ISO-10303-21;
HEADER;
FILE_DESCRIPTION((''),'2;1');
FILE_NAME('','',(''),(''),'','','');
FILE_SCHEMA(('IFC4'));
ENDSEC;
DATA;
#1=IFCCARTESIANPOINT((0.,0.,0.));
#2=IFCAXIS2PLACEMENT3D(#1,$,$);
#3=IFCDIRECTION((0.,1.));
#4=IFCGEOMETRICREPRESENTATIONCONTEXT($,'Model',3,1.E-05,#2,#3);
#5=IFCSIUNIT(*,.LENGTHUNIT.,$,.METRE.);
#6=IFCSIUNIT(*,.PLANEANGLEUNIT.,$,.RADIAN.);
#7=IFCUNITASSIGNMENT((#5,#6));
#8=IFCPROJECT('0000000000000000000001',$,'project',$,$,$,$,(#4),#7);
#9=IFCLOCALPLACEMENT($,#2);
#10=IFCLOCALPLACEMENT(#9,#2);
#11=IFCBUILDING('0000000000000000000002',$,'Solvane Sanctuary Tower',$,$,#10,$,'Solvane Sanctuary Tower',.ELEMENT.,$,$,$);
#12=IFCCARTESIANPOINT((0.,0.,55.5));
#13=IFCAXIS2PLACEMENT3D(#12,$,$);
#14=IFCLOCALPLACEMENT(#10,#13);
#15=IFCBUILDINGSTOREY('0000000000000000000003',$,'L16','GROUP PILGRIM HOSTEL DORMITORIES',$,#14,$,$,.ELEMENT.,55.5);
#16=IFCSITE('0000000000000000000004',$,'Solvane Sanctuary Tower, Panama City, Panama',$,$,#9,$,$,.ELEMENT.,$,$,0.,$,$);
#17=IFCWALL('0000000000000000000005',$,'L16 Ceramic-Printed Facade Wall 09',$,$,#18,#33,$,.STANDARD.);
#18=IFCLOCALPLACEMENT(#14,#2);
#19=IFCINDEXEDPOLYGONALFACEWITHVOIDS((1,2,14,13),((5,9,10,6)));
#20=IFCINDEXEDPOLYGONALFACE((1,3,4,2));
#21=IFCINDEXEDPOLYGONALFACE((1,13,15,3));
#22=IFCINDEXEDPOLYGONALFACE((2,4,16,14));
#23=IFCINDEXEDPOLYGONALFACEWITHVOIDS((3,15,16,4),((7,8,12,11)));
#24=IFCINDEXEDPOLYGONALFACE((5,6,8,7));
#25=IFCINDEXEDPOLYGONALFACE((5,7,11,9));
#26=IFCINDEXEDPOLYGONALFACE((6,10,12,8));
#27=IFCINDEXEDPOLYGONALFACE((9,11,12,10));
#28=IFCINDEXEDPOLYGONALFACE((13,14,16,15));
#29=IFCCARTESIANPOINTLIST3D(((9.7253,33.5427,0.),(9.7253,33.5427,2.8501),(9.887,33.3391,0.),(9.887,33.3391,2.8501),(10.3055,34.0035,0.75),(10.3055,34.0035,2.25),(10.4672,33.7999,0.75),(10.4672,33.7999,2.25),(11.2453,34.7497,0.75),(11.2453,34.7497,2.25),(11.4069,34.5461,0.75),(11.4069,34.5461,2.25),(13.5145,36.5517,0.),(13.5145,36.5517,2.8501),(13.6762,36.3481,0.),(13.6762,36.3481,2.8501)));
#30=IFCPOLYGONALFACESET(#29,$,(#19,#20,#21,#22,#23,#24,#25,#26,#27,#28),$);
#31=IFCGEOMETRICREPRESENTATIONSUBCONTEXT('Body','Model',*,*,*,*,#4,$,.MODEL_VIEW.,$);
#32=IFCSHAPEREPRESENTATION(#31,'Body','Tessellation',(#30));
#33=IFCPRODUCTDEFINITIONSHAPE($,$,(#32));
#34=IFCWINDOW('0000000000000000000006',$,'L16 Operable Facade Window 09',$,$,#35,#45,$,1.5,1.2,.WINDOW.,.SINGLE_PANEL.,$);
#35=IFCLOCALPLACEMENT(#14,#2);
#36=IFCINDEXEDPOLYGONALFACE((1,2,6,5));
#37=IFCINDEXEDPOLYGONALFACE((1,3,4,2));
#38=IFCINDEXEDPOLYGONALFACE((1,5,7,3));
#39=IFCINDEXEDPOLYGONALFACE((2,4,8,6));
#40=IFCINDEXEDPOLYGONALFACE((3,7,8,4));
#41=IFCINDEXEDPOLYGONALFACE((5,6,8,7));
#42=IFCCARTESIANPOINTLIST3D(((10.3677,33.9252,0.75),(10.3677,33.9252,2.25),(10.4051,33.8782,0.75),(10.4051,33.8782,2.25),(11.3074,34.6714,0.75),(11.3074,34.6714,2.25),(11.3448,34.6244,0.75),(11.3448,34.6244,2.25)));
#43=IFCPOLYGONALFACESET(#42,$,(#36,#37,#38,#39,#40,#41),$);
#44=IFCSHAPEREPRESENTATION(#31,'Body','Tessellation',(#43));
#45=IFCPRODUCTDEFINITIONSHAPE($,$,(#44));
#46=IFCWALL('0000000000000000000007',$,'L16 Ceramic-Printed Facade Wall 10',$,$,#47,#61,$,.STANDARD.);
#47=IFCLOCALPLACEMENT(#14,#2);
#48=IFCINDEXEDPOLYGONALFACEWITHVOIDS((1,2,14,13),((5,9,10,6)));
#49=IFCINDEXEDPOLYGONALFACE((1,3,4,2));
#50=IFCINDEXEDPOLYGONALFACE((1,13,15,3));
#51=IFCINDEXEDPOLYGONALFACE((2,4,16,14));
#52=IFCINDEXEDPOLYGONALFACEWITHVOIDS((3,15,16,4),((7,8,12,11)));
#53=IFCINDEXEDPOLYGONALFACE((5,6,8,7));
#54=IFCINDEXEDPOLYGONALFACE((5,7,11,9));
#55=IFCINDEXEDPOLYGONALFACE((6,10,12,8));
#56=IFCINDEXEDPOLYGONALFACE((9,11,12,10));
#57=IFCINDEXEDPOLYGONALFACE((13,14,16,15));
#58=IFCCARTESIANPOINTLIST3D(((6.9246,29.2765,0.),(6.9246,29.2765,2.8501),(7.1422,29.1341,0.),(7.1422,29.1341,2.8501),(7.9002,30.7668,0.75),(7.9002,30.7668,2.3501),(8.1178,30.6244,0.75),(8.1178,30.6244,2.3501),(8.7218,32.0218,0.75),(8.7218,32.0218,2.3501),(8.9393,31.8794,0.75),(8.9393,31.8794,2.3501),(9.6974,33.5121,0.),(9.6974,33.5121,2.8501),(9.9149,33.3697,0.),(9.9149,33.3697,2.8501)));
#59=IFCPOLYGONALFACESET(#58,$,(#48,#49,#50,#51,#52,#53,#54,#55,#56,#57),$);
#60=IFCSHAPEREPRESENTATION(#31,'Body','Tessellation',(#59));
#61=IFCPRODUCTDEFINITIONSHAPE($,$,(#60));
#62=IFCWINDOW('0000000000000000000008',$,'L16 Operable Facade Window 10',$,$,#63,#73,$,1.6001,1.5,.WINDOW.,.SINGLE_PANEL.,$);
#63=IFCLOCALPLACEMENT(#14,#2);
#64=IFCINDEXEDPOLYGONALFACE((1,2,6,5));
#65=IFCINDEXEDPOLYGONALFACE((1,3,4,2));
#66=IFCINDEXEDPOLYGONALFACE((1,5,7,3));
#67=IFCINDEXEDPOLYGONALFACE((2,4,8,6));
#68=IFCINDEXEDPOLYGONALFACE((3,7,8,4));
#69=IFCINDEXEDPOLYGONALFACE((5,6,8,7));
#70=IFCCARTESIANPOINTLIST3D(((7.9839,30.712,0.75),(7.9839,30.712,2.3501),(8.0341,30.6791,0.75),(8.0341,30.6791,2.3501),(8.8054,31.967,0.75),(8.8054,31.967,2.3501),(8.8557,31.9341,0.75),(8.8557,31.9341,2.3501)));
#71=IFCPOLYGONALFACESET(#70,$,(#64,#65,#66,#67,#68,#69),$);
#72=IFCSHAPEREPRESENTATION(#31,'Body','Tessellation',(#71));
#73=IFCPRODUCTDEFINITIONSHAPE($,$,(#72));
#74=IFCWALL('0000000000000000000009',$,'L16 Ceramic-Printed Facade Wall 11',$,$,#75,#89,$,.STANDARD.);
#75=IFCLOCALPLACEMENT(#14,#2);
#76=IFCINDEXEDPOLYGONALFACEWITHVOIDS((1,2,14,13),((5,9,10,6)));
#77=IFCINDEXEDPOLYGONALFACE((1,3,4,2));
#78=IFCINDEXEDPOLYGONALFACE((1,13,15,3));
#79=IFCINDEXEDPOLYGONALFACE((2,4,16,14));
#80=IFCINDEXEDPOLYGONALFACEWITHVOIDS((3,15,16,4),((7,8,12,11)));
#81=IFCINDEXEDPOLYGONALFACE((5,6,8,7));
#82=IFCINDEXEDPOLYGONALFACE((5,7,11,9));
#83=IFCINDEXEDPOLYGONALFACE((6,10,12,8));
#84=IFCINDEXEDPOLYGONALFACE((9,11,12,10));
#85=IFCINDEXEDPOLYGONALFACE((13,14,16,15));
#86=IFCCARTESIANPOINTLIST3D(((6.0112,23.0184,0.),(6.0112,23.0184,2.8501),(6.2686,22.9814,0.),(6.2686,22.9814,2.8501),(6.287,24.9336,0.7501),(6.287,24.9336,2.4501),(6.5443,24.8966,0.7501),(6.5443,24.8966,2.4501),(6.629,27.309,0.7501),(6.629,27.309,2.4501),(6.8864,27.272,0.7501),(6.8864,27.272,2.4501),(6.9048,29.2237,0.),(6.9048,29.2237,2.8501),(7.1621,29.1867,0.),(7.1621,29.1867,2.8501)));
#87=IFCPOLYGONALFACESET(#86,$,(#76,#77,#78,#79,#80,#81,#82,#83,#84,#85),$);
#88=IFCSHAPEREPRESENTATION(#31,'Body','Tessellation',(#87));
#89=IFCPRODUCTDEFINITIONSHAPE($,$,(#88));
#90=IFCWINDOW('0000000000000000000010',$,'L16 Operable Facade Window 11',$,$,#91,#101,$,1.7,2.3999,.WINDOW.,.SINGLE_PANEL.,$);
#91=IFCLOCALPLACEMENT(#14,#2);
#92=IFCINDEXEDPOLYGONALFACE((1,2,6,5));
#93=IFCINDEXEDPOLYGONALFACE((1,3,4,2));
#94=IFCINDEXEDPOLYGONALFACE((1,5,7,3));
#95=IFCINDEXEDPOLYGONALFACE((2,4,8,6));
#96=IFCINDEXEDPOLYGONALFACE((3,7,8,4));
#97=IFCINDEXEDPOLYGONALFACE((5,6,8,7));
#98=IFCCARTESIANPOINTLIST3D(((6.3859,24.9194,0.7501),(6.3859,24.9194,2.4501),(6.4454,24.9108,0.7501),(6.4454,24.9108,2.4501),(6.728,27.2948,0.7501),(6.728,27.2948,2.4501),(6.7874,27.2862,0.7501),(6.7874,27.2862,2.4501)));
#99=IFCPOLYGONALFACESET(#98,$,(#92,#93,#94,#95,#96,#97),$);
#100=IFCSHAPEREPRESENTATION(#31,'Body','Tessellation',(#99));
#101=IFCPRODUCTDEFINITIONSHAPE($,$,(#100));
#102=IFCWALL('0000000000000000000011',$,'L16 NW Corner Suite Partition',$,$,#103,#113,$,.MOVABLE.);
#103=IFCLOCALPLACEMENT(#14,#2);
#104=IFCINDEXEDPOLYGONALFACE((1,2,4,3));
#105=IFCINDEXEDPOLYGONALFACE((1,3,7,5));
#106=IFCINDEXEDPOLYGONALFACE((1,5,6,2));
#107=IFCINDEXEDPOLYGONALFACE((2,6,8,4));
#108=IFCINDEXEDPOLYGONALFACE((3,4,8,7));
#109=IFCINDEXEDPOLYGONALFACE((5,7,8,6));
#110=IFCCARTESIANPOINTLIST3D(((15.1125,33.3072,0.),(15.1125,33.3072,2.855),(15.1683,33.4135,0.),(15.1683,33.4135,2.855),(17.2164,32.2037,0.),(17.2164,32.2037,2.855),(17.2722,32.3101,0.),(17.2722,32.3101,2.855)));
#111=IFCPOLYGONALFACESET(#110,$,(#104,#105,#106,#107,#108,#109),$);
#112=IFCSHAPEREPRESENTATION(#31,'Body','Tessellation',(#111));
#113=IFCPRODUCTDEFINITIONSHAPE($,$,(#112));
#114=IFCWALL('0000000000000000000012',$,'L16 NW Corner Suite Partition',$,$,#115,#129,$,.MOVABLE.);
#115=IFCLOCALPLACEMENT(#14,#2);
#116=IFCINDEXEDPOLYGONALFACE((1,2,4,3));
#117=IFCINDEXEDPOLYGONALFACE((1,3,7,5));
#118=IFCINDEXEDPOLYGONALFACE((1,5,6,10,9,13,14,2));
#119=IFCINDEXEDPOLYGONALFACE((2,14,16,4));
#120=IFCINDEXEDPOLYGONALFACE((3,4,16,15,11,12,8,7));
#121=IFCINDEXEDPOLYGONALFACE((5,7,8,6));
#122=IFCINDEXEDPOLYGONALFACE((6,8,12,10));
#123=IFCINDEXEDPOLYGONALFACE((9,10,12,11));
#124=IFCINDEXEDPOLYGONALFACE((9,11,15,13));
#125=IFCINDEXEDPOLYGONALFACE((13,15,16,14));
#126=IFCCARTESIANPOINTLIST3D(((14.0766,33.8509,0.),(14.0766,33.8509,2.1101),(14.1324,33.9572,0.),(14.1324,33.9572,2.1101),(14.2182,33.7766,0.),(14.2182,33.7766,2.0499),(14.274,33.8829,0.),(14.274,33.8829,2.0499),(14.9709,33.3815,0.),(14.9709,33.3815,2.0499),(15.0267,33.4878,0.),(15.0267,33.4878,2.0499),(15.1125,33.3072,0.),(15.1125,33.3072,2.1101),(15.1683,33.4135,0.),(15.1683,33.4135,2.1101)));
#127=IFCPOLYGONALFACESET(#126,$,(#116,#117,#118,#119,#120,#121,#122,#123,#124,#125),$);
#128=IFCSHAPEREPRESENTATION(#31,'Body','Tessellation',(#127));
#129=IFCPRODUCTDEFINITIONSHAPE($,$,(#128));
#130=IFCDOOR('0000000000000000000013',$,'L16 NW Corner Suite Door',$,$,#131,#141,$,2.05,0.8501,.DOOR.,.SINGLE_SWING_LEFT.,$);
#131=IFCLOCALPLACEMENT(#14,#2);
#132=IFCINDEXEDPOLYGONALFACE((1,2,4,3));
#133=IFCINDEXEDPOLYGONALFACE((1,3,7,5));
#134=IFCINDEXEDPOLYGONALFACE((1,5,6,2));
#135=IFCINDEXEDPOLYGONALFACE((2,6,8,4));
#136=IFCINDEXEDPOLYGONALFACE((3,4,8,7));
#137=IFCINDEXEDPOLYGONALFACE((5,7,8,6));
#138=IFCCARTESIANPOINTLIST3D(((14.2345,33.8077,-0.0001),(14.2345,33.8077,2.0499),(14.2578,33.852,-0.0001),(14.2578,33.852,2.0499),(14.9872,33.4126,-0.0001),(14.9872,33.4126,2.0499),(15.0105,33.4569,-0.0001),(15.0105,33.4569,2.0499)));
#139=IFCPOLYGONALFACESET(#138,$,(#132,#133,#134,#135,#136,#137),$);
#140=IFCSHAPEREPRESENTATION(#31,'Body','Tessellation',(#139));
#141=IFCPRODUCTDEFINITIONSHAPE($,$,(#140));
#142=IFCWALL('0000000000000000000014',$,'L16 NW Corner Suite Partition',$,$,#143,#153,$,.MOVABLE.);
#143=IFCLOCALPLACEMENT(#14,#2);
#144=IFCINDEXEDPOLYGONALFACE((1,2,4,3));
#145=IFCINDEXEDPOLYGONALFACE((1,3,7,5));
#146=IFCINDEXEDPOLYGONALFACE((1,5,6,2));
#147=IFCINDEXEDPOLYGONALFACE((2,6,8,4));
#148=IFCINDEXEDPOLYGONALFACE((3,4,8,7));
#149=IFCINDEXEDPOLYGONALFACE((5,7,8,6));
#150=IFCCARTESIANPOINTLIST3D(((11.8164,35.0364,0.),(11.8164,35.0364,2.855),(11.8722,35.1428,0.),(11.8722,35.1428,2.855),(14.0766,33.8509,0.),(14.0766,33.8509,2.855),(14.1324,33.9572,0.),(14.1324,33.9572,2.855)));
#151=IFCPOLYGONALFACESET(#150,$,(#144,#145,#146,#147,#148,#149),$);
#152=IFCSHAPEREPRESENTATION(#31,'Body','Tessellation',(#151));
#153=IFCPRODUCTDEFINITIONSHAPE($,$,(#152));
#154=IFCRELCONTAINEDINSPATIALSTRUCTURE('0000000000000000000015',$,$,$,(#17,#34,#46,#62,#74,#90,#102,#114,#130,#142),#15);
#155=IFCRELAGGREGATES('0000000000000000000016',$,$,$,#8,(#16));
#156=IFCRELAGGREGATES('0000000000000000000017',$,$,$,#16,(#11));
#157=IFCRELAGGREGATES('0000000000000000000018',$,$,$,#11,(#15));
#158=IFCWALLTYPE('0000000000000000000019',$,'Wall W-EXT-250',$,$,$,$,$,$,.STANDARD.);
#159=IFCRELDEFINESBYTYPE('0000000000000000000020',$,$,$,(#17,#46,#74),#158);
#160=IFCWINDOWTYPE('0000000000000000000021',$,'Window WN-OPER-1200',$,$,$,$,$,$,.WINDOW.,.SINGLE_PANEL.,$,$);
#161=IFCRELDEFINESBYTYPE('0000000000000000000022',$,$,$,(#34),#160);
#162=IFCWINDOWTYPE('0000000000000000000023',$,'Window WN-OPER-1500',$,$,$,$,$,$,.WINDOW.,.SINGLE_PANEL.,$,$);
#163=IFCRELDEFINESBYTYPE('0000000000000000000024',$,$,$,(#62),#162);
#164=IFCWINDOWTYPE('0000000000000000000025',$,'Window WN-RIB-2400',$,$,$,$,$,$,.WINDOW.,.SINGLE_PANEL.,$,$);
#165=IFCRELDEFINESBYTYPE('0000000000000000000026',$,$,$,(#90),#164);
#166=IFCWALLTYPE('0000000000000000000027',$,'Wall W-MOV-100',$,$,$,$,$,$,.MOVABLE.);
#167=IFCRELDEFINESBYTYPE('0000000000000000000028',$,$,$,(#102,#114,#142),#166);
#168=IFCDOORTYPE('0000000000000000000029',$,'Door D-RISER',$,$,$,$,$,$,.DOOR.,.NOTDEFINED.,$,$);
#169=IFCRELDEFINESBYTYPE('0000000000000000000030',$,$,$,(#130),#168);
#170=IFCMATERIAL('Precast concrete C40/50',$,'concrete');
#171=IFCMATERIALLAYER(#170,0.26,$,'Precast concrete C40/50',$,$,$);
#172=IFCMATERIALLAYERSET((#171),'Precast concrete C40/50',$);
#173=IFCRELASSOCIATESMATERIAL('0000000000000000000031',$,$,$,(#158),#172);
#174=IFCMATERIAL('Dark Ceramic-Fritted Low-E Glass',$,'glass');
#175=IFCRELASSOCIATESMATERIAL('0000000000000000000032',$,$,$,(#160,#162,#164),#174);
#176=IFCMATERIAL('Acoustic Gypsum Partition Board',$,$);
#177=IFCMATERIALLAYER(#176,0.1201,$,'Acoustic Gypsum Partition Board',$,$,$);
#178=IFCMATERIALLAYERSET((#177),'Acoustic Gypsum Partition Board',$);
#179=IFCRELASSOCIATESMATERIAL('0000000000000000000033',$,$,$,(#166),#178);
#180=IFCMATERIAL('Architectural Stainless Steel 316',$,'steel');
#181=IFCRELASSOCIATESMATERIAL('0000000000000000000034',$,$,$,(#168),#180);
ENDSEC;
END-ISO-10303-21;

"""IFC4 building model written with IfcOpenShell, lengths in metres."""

from ifc_helpers import new_model, si_unit, direction, frame, frame_2d, origin, place, context, subcontext, project, spatial, rectangle, extrude, material, layer, layer_set, type_object, element, fill, save


model = new_model("IFC4")

# Units and contexts
model_context = context("Model", 3, precision=1e-05, world=origin(), true_north=direction((0.0, 1.0)))
body_context = subcontext(model_context, "Body", "Model", "MODEL_VIEW")
ifc_project = project(units=[si_unit("LENGTHUNIT", "METRE"), si_unit("PLANEANGLEUNIT", "RADIAN")], contexts=[model_context])

# Site, building, storey
site_placement = place(None, origin())
site = spatial("IfcSite", under=ifc_project, at=site_placement, Name="Solvane Sanctuary Tower, Panama City, Panama", CompositionType="ELEMENT", RefElevation=0.0)
building_placement = place(site_placement, origin())
building = spatial("IfcBuilding", under=site, at=building_placement, Name="Solvane Sanctuary Tower", LongName="Solvane Sanctuary Tower", CompositionType="ELEMENT")
storey_placement = place(building_placement, frame((0.0, 0.0, 55.5)))
storey = spatial("IfcBuildingStorey", under=building, at=storey_placement, Name="L16", Description="GROUP PILGRIM HOSTEL DORMITORIES", CompositionType="ELEMENT", Elevation=55.5)

# Shared definitions
ifc_material_1 = material(Name="Acoustic Gypsum Partition Board")

# Shared definitions
ifc_material_2 = material(Name="Precast concrete C40/50", Category="concrete")
ifc_layer_1 = layer(ifc_material_2, 0.26, Name="Precast concrete C40/50")
ifc_layer_set_1 = layer_set([ifc_layer_1], Name="Precast concrete C40/50")
wall_type_1 = type_object("IfcWallType", Name="Wall W-EXT-250", PredefinedType="STANDARD", material=ifc_layer_set_1)

# Walls, openings, windows
wall_1_placement = place(storey_placement, frame((13.5955, 36.45, 0.0), z_axis=(0.0, 0.0, 1.0), x_axis=(-0.783123, -0.621867, 0.0)))
wall_1 = element("IfcWall", 1, at=wall_1_placement, inside=storey, type_object=wall_type_1, Name="L16 Ceramic-Printed Facade Wall 09", PredefinedType="STANDARD", context=body_context, shape_type="SweptSolid", body=[
    extrude(rectangle(XDim=4.8386, YDim=0.26, at=frame_2d((2.4194, 0.0))), origin(), (0.0, 0.0, 1.0), 2.8501),
])
opening_1_placement = place(wall_1_placement, frame((2.8977, 0.0, 0.75)))
opening_1 = element("IfcOpeningElement", 2, at=opening_1_placement, cuts=wall_1, PredefinedType="OPENING", context=body_context, shape_type="SweptSolid", body=[
    extrude(rectangle(XDim=1.2, YDim=1.5, at=frame_2d((0.6001, 0.75))), frame((0.0, 0.1399, 0.0), z_axis=(0.0, -1.0, 0.0), x_axis=(1.0, 0.0, 0.0)), (0.0, 0.0, 1.0), 0.28),
])
ifc_material_3 = material(Name="Dark Ceramic-Fritted Low-E Glass", Category="glass")
window_type_1 = type_object("IfcWindowType", Name="Window WN-OPER-1200", PartitioningType="SINGLE_PANEL", PredefinedType="WINDOW", material=ifc_material_3)
window_1_placement = place(opening_1_placement, origin())
window_1 = element("IfcWindow", 3, at=window_1_placement, inside=storey, type_object=window_type_1, Name="L16 Operable Facade Window 09", OverallHeight=1.5, OverallWidth=1.2, PartitioningType="SINGLE_PANEL", PredefinedType="WINDOW", context=body_context, shape_type="SweptSolid", body=[
    extrude(rectangle(XDim=1.2, YDim=1.5, at=frame_2d((0.6001, 0.75))), frame((0.0, 0.03, 0.0), z_axis=(0.0, -1.0, 0.0), x_axis=(1.0, 0.0, 0.0)), (0.0, 0.0, 1.0), 0.0601),
])
fill(opening_1, window_1)
wall_2_placement = place(storey_placement, frame((9.8062, 33.4409, 0.0), z_axis=(0.0, 0.0, 1.0), x_axis=(-0.547703, -0.836673, 0.0)))
wall_2 = element("IfcWall", 4, at=wall_2_placement, inside=storey, type_object=wall_type_1, Name="L16 Ceramic-Printed Facade Wall 10", PredefinedType="STANDARD", context=body_context, shape_type="SweptSolid", body=[
    extrude(rectangle(XDim=5.0625, YDim=0.26, at=frame_2d((2.5312, 0.0))), origin(), (0.0, 0.0, 1.0), 2.8501),
])
opening_2_placement = place(wall_2_placement, frame((1.7812, 0.0, 0.75)))
opening_2 = element("IfcOpeningElement", 5, at=opening_2_placement, cuts=wall_2, PredefinedType="OPENING", context=body_context, shape_type="SweptSolid", body=[
    extrude(rectangle(XDim=1.5, YDim=1.6001, at=frame_2d((0.75, 0.8))), frame((0.0, 0.1399, 0.0), z_axis=(0.0, -1.0, 0.0), x_axis=(1.0, 0.0, 0.0)), (0.0, 0.0, 1.0), 0.28),
])
window_type_2 = type_object("IfcWindowType", Name="Window WN-OPER-1500", PartitioningType="SINGLE_PANEL", PredefinedType="WINDOW", material=ifc_material_3)
window_2_placement = place(opening_2_placement, origin())
window_2 = element("IfcWindow", 6, at=window_2_placement, inside=storey, type_object=window_type_2, Name="L16 Operable Facade Window 10", OverallHeight=1.6001, OverallWidth=1.5, PartitioningType="SINGLE_PANEL", PredefinedType="WINDOW", context=body_context, shape_type="SweptSolid", body=[
    extrude(rectangle(XDim=1.5, YDim=1.6001, at=frame_2d((0.75, 0.8))), frame((0.0, 0.03, 0.0), z_axis=(0.0, -1.0, 0.0), x_axis=(1.0, 0.0, 0.0)), (0.0, 0.0, 1.0), 0.0601),
])
fill(opening_2, window_2)
wall_3_placement = place(storey_placement, frame((7.0334, 29.2053, 0.0), z_axis=(0.0, 0.0, 1.0), x_axis=(-0.142528, -0.989791, 0.0)))
wall_3 = element("IfcWall", 7, at=wall_3_placement, inside=storey, type_object=wall_type_1, Name="L16 Ceramic-Printed Facade Wall 11", PredefinedType="STANDARD", context=body_context, shape_type="SweptSolid", body=[
    extrude(rectangle(XDim=6.2693, YDim=0.26, at=frame_2d((3.1348, 0.0))), origin(), (0.0, 0.0, 1.0), 2.8501),
])
opening_3_placement = place(wall_3_placement, frame((1.9346, 0.0, 0.75)))
opening_3 = element("IfcOpeningElement", 8, at=opening_3_placement, cuts=wall_3, PredefinedType="OPENING", context=body_context, shape_type="SweptSolid", body=[
    extrude(rectangle(XDim=2.3999, YDim=1.7, at=frame_2d((1.2, 0.8501))), frame((0.0, 0.1399, 0.0), z_axis=(0.0, -1.0, 0.0), x_axis=(1.0, 0.0, 0.0)), (0.0, 0.0, 1.0), 0.28),
])
window_type_3 = type_object("IfcWindowType", Name="Window WN-RIB-2400", PartitioningType="SINGLE_PANEL", PredefinedType="WINDOW", material=ifc_material_3)
window_3_placement = place(opening_3_placement, origin())
window_3 = element("IfcWindow", 9, at=window_3_placement, inside=storey, type_object=window_type_3, Name="L16 Operable Facade Window 11", OverallHeight=1.7, OverallWidth=2.3999, PartitioningType="SINGLE_PANEL", PredefinedType="WINDOW", context=body_context, shape_type="SweptSolid", body=[
    extrude(rectangle(XDim=2.3999, YDim=1.7, at=frame_2d((1.2, 0.8501))), frame((0.0, 0.03, 0.0), z_axis=(0.0, -1.0, 0.0), x_axis=(1.0, 0.0, 0.0)), (0.0, 0.0, 1.0), 0.0601),
])
fill(opening_3, window_3)

# Wall
ifc_layer_2 = layer(ifc_material_1, 0.1201, Name="Acoustic Gypsum Partition Board")
ifc_layer_set_2 = layer_set([ifc_layer_2], Name="Acoustic Gypsum Partition Board")
wall_type_2 = type_object("IfcWallType", Name="Wall W-MOV-100", PredefinedType="MOVABLE", material=ifc_layer_set_2)
wall_4_placement = place(storey_placement, frame((17.2444, 32.2568, 0.0), z_axis=(0.0, 0.0, 1.0), x_axis=(-0.885586, 0.464475, 0.0)))
element("IfcWall", 10, at=wall_4_placement, inside=storey, type_object=wall_type_2, Name="L16 NW Corner Suite Partition", PredefinedType="MOVABLE", context=body_context, shape_type="SweptSolid", body=[
    extrude(rectangle(XDim=2.3757, YDim=0.1201, at=frame_2d((1.188, 0.0))), origin(), (0.0, 0.0, 1.0), 2.855),
])

# Wall, opening, door
wall_5_placement = place(storey_placement, frame((15.1404, 33.3604, 0.0), z_axis=(0.0, 0.0, 1.0), x_axis=(-0.885447, 0.46474, 0.0)))
wall_5 = element("IfcWall", 11, at=wall_5_placement, inside=storey, type_object=wall_type_2, Name="L16 NW Corner Suite Partition", PredefinedType="MOVABLE", context=body_context, shape_type="SweptSolid", body=[
    extrude(rectangle(XDim=1.1699, YDim=0.1201, at=frame_2d((0.585, 0.0))), origin(), (0.0, 0.0, 1.0), 2.1101),
])
opening_4_placement = place(wall_5_placement, frame((0.1599, 0.0, 0.0)))
opening_4 = element("IfcOpeningElement", 12, at=opening_4_placement, cuts=wall_5, PredefinedType="OPENING", context=body_context, shape_type="SweptSolid", body=[
    extrude(rectangle(XDim=0.8501, YDim=2.05, at=frame_2d((0.425, 1.0249))), frame((0.0, 0.0701, 0.0), z_axis=(0.0, -1.0, 0.0), x_axis=(1.0, 0.0, 0.0)), (0.0, 0.0, 1.0), 0.1401),
])
ifc_material_4 = material(Name="Architectural Stainless Steel 316", Category="steel")
door_type_1 = type_object("IfcDoorType", Name="Door D-RISER", OperationType="NOTDEFINED", PredefinedType="DOOR", material=ifc_material_4)
door_1_placement = place(opening_4_placement, origin())
door_1 = element("IfcDoor", 13, at=door_1_placement, inside=storey, type_object=door_type_1, Name="L16 NW Corner Suite Door", OperationType="SINGLE_SWING_LEFT", OverallHeight=2.05, OverallWidth=0.8501, PredefinedType="DOOR", context=body_context, shape_type="SweptSolid", body=[
    extrude(rectangle(XDim=0.8501, YDim=2.05, at=frame_2d((0.425, 1.0249))), frame((0.0, 0.0249, 0.0), z_axis=(0.0, -1.0, 0.0), x_axis=(1.0, 0.0, 0.0)), (0.0, 0.0, 1.0), 0.05),
])
fill(opening_4, door_1)

# Wall
wall_6_placement = place(storey_placement, frame((14.1045, 33.9041, 0.0), z_axis=(0.0, 0.0, 1.0), x_axis=(-0.885573, 0.4645, 0.0)))
element("IfcWall", 14, at=wall_6_placement, inside=storey, type_object=wall_type_2, Name="L16 NW Corner Suite Partition", PredefinedType="MOVABLE", context=body_context, shape_type="SweptSolid", body=[
    extrude(rectangle(XDim=2.5522, YDim=0.1201, at=frame_2d((1.2761, 0.0))), origin(), (0.0, 0.0, 1.0), 2.855),
])

save(model, "model.ifc")
